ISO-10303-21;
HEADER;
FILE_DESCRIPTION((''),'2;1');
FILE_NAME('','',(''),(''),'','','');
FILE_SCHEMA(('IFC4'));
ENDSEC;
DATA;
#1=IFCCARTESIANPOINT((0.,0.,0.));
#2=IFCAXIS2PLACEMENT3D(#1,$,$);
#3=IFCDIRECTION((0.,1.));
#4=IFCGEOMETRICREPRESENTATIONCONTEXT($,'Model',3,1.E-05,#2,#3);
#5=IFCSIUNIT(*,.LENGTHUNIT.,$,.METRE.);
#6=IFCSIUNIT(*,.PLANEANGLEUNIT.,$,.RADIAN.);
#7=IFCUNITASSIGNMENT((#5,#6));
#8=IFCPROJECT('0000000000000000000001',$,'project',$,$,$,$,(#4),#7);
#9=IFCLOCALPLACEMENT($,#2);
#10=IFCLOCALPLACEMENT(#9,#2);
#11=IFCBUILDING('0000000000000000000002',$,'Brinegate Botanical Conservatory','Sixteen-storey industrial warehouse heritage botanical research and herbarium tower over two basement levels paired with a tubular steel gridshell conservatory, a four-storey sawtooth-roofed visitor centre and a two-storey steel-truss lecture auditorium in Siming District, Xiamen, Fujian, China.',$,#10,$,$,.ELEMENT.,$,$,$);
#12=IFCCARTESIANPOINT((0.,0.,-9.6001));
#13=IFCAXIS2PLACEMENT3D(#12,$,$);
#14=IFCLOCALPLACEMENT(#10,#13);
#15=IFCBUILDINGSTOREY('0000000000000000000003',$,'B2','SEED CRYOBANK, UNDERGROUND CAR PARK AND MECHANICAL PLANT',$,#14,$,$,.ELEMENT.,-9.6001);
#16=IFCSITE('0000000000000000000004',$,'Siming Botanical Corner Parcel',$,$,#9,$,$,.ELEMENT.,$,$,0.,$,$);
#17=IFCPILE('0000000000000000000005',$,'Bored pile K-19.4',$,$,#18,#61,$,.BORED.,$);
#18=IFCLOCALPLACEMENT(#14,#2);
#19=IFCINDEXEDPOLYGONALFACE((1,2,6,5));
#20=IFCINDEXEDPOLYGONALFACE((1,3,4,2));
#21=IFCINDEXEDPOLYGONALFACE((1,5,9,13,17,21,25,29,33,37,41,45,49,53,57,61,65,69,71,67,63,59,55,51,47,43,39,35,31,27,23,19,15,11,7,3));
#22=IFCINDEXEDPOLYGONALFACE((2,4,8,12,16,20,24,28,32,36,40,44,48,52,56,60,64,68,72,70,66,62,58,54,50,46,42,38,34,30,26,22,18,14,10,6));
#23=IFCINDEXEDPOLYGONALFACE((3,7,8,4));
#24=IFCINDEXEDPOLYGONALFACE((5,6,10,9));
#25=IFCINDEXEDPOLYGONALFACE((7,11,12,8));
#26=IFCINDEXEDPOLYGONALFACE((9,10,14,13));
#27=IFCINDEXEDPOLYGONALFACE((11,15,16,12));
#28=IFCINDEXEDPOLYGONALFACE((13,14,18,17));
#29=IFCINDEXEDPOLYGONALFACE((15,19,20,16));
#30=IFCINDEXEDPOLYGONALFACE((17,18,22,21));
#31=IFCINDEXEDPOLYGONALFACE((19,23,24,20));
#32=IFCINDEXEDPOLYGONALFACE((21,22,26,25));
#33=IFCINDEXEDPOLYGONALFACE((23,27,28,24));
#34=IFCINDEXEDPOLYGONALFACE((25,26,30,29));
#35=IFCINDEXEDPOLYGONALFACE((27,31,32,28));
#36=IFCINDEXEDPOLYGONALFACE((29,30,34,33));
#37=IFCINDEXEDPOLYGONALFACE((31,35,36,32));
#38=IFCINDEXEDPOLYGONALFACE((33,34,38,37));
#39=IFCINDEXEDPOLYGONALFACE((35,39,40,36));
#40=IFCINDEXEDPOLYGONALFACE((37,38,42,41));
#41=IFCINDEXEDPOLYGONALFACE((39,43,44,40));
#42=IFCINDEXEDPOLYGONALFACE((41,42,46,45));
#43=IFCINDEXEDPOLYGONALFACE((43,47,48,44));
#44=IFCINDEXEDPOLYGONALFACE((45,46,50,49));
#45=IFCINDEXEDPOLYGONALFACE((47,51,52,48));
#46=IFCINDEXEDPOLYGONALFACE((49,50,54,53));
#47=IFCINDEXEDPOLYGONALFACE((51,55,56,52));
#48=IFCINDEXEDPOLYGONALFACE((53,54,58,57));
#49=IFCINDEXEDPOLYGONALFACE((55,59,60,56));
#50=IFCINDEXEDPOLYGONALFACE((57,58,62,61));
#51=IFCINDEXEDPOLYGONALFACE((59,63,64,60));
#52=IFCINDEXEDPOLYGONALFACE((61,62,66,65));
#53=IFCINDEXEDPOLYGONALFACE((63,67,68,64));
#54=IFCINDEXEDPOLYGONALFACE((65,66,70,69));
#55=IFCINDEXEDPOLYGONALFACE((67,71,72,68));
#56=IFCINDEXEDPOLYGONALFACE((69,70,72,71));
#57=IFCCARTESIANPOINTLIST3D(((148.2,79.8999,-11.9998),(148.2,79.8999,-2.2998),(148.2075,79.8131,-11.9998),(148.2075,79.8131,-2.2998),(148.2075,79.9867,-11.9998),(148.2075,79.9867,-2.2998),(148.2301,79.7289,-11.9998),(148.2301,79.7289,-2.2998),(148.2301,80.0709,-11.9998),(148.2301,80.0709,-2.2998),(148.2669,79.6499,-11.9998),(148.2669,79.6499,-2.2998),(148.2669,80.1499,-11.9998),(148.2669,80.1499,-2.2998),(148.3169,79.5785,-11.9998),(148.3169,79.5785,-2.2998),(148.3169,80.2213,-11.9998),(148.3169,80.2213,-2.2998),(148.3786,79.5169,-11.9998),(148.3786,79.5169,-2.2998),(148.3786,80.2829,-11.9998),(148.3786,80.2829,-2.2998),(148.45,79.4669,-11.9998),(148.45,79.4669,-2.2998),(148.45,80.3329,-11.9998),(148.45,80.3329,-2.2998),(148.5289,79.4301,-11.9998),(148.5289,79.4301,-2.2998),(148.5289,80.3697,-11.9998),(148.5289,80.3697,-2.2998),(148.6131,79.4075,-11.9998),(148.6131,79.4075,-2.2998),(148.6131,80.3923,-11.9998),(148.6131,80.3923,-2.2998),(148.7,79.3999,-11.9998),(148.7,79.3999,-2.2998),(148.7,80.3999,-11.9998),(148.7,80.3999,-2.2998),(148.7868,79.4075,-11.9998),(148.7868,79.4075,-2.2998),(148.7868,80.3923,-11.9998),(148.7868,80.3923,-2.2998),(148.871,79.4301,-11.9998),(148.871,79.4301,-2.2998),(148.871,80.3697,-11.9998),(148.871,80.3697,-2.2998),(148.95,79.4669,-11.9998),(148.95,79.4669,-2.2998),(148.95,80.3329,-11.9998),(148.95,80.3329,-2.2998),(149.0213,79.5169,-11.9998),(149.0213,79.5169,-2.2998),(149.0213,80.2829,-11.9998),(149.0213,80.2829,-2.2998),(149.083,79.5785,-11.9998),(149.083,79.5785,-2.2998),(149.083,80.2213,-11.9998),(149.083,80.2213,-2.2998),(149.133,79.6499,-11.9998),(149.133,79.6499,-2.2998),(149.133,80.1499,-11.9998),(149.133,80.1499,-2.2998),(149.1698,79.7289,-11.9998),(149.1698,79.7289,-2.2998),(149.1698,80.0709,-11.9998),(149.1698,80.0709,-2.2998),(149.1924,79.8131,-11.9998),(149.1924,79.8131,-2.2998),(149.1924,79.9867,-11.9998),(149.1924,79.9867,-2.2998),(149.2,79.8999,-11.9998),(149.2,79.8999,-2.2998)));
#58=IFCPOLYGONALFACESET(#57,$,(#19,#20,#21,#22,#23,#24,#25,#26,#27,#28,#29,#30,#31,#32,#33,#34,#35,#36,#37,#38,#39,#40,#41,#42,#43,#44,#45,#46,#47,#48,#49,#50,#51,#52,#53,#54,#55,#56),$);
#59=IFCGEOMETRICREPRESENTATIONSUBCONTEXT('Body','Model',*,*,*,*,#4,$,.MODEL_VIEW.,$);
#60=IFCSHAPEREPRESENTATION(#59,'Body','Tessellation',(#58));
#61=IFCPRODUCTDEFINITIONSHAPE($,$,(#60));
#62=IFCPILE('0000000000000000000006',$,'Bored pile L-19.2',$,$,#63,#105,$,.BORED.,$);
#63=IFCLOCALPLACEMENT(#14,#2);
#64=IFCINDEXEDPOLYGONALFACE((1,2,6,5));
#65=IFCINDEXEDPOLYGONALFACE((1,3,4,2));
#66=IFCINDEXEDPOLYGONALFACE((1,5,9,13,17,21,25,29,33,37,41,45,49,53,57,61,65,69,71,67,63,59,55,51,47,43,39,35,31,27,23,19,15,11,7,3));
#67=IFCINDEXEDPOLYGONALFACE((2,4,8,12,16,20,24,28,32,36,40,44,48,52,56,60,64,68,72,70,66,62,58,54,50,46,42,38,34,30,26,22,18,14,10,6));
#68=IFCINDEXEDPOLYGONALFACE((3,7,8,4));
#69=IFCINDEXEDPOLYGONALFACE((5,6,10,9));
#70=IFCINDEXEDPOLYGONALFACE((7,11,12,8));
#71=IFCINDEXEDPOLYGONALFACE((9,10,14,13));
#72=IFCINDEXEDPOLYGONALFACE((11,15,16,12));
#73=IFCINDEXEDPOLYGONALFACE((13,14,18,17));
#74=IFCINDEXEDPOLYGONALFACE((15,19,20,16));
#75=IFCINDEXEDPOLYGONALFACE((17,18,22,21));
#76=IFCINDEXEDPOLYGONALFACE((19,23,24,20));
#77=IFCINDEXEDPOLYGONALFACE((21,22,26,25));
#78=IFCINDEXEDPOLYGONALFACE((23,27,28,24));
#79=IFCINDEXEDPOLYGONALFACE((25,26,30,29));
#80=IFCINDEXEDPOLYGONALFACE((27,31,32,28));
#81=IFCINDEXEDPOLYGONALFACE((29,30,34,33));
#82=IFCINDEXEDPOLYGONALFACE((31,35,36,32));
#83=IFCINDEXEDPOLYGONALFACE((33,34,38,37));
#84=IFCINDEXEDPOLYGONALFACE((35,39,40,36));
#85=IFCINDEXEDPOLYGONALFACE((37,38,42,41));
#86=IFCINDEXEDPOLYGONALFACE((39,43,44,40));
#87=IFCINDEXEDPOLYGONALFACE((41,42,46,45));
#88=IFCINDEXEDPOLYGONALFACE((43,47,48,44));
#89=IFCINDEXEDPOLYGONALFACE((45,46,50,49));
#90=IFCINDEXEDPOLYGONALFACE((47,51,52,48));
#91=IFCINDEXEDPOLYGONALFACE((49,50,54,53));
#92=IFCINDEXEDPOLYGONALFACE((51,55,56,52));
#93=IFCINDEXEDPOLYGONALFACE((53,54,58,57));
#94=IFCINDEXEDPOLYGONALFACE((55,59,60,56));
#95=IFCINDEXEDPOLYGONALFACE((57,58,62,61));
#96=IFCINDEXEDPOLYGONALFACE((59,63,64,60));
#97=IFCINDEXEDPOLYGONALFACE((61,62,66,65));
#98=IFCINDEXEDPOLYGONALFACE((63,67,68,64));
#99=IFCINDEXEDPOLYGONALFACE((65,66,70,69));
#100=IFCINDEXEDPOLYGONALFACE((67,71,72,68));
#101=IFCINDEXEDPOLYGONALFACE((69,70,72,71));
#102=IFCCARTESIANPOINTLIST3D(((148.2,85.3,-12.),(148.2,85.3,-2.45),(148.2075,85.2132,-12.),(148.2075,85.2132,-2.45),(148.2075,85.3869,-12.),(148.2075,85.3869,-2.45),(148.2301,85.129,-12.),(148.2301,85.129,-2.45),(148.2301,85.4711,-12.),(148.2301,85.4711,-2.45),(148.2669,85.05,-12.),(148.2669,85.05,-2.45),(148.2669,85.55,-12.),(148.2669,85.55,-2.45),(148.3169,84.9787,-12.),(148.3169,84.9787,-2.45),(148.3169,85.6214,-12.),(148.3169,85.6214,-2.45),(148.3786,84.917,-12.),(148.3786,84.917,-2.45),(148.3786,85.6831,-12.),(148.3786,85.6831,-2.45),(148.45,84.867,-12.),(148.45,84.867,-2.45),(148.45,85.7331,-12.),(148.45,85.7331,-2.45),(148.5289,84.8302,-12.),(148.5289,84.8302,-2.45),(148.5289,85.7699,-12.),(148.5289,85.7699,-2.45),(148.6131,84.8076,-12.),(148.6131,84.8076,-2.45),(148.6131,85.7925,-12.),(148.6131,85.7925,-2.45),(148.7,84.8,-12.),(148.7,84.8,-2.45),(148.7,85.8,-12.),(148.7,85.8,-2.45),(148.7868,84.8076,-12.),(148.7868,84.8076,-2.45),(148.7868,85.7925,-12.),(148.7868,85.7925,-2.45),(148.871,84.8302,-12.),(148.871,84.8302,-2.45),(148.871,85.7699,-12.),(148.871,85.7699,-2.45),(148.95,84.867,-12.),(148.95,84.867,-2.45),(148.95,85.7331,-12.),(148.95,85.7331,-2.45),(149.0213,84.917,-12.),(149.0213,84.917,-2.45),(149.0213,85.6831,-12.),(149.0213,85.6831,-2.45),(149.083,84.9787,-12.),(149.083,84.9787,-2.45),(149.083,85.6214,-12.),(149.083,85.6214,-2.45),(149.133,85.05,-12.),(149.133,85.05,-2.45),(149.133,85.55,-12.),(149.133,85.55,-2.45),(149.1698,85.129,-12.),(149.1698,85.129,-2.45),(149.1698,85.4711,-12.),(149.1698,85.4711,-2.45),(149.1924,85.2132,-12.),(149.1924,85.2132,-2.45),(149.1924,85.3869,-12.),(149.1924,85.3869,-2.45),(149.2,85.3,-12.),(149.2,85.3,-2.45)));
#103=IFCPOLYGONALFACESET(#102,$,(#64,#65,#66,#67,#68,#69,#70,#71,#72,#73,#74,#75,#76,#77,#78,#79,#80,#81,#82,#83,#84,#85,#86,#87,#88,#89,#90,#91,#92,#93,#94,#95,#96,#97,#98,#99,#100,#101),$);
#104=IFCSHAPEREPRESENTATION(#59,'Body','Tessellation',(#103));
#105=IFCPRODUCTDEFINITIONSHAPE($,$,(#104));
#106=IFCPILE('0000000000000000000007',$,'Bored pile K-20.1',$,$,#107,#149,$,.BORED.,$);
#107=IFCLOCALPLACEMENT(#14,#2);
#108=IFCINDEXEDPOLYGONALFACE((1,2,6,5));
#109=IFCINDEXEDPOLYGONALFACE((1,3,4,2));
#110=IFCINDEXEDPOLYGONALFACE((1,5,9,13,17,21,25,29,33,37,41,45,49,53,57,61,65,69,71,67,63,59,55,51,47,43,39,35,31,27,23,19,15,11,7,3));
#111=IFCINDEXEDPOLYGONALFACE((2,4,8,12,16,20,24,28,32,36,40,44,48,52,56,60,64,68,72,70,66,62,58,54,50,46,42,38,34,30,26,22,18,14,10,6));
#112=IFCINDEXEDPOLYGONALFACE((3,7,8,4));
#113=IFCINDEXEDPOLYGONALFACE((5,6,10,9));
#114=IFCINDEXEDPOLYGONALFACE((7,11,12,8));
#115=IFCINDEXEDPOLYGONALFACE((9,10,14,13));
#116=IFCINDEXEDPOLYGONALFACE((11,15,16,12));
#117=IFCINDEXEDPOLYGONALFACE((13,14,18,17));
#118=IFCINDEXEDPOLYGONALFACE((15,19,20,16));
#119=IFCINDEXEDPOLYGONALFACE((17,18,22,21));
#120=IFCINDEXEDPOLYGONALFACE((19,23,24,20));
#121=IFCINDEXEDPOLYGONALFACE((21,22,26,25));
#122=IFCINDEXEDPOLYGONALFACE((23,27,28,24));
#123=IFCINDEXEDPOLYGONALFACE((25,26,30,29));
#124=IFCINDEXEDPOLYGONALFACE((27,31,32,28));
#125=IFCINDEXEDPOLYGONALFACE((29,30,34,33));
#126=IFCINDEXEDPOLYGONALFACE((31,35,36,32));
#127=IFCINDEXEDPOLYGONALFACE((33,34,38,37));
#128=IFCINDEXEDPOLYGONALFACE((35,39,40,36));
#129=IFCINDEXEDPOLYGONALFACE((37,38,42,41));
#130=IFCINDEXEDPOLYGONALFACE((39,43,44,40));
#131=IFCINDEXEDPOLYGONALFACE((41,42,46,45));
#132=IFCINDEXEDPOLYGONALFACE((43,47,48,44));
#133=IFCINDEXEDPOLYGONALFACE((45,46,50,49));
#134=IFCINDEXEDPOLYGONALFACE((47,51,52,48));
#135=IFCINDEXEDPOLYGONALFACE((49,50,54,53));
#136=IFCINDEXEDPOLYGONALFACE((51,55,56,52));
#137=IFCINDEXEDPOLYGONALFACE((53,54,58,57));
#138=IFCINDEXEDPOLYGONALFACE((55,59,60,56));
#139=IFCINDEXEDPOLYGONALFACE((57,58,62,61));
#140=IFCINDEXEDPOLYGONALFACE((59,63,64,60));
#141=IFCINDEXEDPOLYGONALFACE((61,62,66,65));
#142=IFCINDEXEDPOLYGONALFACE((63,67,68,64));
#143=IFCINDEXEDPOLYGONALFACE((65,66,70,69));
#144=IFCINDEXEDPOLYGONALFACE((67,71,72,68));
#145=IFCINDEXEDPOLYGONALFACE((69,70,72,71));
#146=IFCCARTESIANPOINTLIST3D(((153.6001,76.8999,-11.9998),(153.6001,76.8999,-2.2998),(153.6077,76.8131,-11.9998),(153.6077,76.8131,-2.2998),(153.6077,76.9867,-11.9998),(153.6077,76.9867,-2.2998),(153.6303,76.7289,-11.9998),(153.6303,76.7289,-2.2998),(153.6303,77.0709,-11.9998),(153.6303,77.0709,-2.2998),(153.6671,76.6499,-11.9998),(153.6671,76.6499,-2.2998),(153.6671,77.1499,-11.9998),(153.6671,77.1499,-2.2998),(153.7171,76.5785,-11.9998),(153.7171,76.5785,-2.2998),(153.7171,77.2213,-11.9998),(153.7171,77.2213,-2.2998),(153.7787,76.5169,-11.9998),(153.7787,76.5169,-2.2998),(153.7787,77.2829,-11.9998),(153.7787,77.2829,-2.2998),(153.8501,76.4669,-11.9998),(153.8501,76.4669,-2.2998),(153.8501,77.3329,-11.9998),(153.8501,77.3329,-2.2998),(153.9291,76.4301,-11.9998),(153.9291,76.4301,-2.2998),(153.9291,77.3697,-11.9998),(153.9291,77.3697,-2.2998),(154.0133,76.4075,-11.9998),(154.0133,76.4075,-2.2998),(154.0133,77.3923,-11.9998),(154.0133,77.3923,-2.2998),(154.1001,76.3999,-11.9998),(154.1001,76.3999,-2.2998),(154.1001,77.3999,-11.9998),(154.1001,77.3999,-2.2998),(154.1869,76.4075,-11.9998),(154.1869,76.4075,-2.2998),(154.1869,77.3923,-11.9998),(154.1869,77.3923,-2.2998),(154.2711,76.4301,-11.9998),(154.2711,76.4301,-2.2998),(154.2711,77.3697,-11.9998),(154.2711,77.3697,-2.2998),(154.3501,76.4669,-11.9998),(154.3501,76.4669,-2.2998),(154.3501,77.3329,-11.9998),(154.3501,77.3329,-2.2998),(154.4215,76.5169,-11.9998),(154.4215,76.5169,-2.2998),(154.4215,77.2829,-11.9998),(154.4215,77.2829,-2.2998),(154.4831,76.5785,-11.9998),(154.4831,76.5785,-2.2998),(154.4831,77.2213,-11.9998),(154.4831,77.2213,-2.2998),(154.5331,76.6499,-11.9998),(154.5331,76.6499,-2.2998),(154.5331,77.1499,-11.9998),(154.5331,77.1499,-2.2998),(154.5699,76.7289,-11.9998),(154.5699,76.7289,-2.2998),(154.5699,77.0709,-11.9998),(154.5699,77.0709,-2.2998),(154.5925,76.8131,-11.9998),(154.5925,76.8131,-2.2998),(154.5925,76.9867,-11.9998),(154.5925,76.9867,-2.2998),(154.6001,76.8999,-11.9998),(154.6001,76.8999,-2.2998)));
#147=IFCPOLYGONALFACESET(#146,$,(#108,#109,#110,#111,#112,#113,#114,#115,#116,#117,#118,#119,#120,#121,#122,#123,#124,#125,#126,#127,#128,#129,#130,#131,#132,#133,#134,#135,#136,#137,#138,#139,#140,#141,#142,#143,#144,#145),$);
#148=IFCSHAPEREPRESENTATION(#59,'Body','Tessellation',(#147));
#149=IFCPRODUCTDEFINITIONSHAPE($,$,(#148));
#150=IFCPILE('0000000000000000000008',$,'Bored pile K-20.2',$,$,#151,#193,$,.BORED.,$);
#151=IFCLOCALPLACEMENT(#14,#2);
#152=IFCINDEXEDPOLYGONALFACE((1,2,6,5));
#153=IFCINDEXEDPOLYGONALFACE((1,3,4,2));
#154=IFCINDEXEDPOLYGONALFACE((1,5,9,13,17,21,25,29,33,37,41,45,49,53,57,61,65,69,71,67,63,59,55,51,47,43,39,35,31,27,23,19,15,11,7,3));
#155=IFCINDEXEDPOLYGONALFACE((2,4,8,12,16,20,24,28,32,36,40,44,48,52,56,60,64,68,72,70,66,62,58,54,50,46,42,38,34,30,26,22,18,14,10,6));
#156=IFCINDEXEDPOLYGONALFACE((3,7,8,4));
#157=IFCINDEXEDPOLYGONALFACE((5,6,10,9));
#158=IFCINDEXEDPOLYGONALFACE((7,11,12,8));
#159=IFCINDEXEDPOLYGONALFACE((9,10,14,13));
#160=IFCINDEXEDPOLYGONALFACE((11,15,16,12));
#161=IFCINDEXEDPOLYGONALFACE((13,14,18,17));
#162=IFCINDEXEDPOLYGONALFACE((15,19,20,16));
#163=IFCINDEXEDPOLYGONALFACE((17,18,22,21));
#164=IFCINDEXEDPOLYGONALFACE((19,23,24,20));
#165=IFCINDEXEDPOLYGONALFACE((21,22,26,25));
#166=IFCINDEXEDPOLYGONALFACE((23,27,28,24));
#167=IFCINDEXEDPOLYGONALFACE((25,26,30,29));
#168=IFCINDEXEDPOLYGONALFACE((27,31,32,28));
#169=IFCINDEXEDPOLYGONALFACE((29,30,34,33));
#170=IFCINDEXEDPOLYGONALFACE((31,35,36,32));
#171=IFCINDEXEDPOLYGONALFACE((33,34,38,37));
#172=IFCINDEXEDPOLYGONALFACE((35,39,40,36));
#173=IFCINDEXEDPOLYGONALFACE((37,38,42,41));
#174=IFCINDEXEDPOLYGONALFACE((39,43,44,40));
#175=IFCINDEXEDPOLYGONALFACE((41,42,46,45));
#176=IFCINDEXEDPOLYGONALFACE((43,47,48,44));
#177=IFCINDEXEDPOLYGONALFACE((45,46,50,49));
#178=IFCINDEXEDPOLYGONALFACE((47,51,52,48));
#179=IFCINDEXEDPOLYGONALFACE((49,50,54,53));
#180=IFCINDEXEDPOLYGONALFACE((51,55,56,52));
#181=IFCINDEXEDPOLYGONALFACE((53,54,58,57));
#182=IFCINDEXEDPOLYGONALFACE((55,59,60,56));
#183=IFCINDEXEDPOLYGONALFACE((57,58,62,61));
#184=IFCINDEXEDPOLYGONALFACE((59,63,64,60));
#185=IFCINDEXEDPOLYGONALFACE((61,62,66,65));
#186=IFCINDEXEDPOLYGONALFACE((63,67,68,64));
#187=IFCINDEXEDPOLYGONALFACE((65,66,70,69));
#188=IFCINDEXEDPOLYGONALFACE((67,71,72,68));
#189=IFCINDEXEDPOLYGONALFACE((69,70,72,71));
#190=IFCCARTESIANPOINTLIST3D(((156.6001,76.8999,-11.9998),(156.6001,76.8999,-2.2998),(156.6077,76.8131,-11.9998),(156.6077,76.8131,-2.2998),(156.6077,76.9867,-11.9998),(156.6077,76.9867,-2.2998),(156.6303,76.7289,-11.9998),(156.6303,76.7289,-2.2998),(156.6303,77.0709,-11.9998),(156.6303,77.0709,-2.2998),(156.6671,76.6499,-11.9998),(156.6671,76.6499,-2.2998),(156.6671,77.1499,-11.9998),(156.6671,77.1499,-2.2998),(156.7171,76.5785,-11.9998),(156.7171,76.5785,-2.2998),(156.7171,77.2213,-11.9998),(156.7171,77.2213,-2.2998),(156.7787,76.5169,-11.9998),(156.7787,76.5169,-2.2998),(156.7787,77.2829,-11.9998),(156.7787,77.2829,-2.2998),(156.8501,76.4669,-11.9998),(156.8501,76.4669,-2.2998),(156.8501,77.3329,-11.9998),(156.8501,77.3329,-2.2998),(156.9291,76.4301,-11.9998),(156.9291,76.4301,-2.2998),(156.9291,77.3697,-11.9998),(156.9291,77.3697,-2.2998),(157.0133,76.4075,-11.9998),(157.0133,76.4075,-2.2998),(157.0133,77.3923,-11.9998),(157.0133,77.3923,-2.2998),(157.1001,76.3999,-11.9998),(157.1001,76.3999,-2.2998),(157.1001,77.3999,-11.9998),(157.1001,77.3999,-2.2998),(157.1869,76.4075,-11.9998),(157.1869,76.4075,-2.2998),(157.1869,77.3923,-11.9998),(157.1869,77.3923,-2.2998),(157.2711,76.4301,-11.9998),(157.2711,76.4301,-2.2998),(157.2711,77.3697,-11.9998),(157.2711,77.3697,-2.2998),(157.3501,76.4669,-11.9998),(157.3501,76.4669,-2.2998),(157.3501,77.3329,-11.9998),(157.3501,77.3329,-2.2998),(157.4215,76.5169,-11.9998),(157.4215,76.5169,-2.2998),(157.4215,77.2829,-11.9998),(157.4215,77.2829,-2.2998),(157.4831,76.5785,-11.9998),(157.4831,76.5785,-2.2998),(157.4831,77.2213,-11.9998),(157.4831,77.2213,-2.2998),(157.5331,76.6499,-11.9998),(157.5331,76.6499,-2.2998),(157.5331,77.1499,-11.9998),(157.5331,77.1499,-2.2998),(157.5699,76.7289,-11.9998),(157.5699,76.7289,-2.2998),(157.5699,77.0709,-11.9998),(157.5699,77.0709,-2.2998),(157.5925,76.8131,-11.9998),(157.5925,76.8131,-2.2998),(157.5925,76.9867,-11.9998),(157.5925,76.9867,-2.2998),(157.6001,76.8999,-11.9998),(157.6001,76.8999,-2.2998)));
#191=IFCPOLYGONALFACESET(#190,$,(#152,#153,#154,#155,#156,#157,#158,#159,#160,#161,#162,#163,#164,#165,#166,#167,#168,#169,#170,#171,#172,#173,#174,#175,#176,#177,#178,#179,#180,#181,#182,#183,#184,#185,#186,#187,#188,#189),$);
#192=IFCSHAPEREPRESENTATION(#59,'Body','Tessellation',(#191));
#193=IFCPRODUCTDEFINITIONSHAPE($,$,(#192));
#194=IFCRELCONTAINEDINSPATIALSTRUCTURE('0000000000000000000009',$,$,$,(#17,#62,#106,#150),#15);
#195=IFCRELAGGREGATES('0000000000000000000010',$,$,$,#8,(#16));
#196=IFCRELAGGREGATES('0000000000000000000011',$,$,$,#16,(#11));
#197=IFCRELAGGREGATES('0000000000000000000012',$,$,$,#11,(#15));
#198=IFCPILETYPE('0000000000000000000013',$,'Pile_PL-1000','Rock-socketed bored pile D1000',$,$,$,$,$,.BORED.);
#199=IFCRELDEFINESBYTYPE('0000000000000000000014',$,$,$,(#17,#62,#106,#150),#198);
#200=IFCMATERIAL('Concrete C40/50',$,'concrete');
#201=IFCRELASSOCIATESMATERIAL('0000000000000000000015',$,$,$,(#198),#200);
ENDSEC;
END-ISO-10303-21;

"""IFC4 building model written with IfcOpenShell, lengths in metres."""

from ifc_helpers import new_model, si_unit, direction, frame, origin, origin_2d, place, context, subcontext, project, spatial, circle, extrude, material, material_profile, profile_set, type_object, element, save


model = new_model("IFC4")

# Units and contexts
model_context = context("Model", 3, precision=1e-05, world=origin(), true_north=direction((0.0, 1.0)))
body_context = subcontext(model_context, "Body", "Model", "MODEL_VIEW")
ifc_project = project(units=[si_unit("LENGTHUNIT", "METRE"), si_unit("PLANEANGLEUNIT", "RADIAN")], contexts=[model_context])

# Site, building, storey
site_placement = place(None, origin())
site = spatial("IfcSite", under=ifc_project, at=site_placement, Name="Siming Botanical Corner Parcel", CompositionType="ELEMENT", RefElevation=0.0)
building_placement = place(site_placement, origin())
building = spatial("IfcBuilding", under=site, at=building_placement, Name="Brinegate Botanical Conservatory", Description="Sixteen-storey industrial warehouse heritage botanical research and herbarium tower over two basement levels paired with a tubular steel gridshell conservatory, a four-storey sawtooth-roofed visitor centre and a two-storey steel-truss lecture auditorium in Siming District, Xiamen, Fujian, China.", CompositionType="ELEMENT")
storey_placement = place(building_placement, frame((0.0, 0.0, -9.6001)))
storey = spatial("IfcBuildingStorey", under=building, at=storey_placement, Name="B2", Description="SEED CRYOBANK, UNDERGROUND CAR PARK AND MECHANICAL PLANT", CompositionType="ELEMENT", Elevation=-9.6001)

# Shared definitions
ifc_material_1 = material(Name="Concrete C40/50", Category="concrete")

# Piles
ifc_material_profile_1 = material_profile(ifc_material_1, circle(Radius=0.5, at=origin_2d()), Name="PILE D1000")
ifc_profile_set_1 = profile_set([ifc_material_profile_1], Name="Concrete C40/50")
pile_type_1 = type_object("IfcPileType", Name="Pile_PL-1000", Description="Rock-socketed bored pile D1000", PredefinedType="BORED", material=ifc_profile_set_1)
for number, where, z_axis, x_axis, name in (
    (1, (148.7, 79.8999, -2.2998), (0.0, 0.0, -1.0), (1.0, 0.0, 0.0), "Bored pile K-19.4"),
):
    element("IfcPile", number, at=place(storey_placement, frame(where, z_axis=z_axis, x_axis=x_axis)), inside=storey, type_object=pile_type_1, Name=name, PredefinedType="BORED", context=body_context, shape_type="SweptSolid", body=[
        extrude(circle(Radius=0.5, at=origin_2d()), origin(), (0.0, 0.0, 1.0), 9.7),
    ])
pile_placement = place(storey_placement, frame((148.7, 85.3, -2.45), z_axis=(0.0, 0.0, -1.0), x_axis=(1.0, 0.0, 0.0)))
element("IfcPile", 2, at=pile_placement, inside=storey, type_object=pile_type_1, Name="Bored pile L-19.2", PredefinedType="BORED", context=body_context, shape_type="SweptSolid", body=[
    extrude(circle(Radius=0.5, at=origin_2d()), origin(), (0.0, 0.0, 1.0), 9.55),
])
for number, where, z_axis, x_axis, name in (
    (3, (154.1001, 76.8999, -2.2998), (0.0, 0.0, -1.0), (1.0, 0.0, 0.0), "Bored pile K-20.1"),
    (4, (157.1001, 76.8999, -2.2998), (0.0, 0.0, -1.0), (1.0, 0.0, 0.0), "Bored pile K-20.2"),
):
    element("IfcPile", number, at=place(storey_placement, frame(where, z_axis=z_axis, x_axis=x_axis)), inside=storey, type_object=pile_type_1, Name=name, PredefinedType="BORED", context=body_context, shape_type="SweptSolid", body=[
        extrude(circle(Radius=0.5, at=origin_2d()), origin(), (0.0, 0.0, 1.0), 9.7),
    ])

save(model, "model.ifc")
